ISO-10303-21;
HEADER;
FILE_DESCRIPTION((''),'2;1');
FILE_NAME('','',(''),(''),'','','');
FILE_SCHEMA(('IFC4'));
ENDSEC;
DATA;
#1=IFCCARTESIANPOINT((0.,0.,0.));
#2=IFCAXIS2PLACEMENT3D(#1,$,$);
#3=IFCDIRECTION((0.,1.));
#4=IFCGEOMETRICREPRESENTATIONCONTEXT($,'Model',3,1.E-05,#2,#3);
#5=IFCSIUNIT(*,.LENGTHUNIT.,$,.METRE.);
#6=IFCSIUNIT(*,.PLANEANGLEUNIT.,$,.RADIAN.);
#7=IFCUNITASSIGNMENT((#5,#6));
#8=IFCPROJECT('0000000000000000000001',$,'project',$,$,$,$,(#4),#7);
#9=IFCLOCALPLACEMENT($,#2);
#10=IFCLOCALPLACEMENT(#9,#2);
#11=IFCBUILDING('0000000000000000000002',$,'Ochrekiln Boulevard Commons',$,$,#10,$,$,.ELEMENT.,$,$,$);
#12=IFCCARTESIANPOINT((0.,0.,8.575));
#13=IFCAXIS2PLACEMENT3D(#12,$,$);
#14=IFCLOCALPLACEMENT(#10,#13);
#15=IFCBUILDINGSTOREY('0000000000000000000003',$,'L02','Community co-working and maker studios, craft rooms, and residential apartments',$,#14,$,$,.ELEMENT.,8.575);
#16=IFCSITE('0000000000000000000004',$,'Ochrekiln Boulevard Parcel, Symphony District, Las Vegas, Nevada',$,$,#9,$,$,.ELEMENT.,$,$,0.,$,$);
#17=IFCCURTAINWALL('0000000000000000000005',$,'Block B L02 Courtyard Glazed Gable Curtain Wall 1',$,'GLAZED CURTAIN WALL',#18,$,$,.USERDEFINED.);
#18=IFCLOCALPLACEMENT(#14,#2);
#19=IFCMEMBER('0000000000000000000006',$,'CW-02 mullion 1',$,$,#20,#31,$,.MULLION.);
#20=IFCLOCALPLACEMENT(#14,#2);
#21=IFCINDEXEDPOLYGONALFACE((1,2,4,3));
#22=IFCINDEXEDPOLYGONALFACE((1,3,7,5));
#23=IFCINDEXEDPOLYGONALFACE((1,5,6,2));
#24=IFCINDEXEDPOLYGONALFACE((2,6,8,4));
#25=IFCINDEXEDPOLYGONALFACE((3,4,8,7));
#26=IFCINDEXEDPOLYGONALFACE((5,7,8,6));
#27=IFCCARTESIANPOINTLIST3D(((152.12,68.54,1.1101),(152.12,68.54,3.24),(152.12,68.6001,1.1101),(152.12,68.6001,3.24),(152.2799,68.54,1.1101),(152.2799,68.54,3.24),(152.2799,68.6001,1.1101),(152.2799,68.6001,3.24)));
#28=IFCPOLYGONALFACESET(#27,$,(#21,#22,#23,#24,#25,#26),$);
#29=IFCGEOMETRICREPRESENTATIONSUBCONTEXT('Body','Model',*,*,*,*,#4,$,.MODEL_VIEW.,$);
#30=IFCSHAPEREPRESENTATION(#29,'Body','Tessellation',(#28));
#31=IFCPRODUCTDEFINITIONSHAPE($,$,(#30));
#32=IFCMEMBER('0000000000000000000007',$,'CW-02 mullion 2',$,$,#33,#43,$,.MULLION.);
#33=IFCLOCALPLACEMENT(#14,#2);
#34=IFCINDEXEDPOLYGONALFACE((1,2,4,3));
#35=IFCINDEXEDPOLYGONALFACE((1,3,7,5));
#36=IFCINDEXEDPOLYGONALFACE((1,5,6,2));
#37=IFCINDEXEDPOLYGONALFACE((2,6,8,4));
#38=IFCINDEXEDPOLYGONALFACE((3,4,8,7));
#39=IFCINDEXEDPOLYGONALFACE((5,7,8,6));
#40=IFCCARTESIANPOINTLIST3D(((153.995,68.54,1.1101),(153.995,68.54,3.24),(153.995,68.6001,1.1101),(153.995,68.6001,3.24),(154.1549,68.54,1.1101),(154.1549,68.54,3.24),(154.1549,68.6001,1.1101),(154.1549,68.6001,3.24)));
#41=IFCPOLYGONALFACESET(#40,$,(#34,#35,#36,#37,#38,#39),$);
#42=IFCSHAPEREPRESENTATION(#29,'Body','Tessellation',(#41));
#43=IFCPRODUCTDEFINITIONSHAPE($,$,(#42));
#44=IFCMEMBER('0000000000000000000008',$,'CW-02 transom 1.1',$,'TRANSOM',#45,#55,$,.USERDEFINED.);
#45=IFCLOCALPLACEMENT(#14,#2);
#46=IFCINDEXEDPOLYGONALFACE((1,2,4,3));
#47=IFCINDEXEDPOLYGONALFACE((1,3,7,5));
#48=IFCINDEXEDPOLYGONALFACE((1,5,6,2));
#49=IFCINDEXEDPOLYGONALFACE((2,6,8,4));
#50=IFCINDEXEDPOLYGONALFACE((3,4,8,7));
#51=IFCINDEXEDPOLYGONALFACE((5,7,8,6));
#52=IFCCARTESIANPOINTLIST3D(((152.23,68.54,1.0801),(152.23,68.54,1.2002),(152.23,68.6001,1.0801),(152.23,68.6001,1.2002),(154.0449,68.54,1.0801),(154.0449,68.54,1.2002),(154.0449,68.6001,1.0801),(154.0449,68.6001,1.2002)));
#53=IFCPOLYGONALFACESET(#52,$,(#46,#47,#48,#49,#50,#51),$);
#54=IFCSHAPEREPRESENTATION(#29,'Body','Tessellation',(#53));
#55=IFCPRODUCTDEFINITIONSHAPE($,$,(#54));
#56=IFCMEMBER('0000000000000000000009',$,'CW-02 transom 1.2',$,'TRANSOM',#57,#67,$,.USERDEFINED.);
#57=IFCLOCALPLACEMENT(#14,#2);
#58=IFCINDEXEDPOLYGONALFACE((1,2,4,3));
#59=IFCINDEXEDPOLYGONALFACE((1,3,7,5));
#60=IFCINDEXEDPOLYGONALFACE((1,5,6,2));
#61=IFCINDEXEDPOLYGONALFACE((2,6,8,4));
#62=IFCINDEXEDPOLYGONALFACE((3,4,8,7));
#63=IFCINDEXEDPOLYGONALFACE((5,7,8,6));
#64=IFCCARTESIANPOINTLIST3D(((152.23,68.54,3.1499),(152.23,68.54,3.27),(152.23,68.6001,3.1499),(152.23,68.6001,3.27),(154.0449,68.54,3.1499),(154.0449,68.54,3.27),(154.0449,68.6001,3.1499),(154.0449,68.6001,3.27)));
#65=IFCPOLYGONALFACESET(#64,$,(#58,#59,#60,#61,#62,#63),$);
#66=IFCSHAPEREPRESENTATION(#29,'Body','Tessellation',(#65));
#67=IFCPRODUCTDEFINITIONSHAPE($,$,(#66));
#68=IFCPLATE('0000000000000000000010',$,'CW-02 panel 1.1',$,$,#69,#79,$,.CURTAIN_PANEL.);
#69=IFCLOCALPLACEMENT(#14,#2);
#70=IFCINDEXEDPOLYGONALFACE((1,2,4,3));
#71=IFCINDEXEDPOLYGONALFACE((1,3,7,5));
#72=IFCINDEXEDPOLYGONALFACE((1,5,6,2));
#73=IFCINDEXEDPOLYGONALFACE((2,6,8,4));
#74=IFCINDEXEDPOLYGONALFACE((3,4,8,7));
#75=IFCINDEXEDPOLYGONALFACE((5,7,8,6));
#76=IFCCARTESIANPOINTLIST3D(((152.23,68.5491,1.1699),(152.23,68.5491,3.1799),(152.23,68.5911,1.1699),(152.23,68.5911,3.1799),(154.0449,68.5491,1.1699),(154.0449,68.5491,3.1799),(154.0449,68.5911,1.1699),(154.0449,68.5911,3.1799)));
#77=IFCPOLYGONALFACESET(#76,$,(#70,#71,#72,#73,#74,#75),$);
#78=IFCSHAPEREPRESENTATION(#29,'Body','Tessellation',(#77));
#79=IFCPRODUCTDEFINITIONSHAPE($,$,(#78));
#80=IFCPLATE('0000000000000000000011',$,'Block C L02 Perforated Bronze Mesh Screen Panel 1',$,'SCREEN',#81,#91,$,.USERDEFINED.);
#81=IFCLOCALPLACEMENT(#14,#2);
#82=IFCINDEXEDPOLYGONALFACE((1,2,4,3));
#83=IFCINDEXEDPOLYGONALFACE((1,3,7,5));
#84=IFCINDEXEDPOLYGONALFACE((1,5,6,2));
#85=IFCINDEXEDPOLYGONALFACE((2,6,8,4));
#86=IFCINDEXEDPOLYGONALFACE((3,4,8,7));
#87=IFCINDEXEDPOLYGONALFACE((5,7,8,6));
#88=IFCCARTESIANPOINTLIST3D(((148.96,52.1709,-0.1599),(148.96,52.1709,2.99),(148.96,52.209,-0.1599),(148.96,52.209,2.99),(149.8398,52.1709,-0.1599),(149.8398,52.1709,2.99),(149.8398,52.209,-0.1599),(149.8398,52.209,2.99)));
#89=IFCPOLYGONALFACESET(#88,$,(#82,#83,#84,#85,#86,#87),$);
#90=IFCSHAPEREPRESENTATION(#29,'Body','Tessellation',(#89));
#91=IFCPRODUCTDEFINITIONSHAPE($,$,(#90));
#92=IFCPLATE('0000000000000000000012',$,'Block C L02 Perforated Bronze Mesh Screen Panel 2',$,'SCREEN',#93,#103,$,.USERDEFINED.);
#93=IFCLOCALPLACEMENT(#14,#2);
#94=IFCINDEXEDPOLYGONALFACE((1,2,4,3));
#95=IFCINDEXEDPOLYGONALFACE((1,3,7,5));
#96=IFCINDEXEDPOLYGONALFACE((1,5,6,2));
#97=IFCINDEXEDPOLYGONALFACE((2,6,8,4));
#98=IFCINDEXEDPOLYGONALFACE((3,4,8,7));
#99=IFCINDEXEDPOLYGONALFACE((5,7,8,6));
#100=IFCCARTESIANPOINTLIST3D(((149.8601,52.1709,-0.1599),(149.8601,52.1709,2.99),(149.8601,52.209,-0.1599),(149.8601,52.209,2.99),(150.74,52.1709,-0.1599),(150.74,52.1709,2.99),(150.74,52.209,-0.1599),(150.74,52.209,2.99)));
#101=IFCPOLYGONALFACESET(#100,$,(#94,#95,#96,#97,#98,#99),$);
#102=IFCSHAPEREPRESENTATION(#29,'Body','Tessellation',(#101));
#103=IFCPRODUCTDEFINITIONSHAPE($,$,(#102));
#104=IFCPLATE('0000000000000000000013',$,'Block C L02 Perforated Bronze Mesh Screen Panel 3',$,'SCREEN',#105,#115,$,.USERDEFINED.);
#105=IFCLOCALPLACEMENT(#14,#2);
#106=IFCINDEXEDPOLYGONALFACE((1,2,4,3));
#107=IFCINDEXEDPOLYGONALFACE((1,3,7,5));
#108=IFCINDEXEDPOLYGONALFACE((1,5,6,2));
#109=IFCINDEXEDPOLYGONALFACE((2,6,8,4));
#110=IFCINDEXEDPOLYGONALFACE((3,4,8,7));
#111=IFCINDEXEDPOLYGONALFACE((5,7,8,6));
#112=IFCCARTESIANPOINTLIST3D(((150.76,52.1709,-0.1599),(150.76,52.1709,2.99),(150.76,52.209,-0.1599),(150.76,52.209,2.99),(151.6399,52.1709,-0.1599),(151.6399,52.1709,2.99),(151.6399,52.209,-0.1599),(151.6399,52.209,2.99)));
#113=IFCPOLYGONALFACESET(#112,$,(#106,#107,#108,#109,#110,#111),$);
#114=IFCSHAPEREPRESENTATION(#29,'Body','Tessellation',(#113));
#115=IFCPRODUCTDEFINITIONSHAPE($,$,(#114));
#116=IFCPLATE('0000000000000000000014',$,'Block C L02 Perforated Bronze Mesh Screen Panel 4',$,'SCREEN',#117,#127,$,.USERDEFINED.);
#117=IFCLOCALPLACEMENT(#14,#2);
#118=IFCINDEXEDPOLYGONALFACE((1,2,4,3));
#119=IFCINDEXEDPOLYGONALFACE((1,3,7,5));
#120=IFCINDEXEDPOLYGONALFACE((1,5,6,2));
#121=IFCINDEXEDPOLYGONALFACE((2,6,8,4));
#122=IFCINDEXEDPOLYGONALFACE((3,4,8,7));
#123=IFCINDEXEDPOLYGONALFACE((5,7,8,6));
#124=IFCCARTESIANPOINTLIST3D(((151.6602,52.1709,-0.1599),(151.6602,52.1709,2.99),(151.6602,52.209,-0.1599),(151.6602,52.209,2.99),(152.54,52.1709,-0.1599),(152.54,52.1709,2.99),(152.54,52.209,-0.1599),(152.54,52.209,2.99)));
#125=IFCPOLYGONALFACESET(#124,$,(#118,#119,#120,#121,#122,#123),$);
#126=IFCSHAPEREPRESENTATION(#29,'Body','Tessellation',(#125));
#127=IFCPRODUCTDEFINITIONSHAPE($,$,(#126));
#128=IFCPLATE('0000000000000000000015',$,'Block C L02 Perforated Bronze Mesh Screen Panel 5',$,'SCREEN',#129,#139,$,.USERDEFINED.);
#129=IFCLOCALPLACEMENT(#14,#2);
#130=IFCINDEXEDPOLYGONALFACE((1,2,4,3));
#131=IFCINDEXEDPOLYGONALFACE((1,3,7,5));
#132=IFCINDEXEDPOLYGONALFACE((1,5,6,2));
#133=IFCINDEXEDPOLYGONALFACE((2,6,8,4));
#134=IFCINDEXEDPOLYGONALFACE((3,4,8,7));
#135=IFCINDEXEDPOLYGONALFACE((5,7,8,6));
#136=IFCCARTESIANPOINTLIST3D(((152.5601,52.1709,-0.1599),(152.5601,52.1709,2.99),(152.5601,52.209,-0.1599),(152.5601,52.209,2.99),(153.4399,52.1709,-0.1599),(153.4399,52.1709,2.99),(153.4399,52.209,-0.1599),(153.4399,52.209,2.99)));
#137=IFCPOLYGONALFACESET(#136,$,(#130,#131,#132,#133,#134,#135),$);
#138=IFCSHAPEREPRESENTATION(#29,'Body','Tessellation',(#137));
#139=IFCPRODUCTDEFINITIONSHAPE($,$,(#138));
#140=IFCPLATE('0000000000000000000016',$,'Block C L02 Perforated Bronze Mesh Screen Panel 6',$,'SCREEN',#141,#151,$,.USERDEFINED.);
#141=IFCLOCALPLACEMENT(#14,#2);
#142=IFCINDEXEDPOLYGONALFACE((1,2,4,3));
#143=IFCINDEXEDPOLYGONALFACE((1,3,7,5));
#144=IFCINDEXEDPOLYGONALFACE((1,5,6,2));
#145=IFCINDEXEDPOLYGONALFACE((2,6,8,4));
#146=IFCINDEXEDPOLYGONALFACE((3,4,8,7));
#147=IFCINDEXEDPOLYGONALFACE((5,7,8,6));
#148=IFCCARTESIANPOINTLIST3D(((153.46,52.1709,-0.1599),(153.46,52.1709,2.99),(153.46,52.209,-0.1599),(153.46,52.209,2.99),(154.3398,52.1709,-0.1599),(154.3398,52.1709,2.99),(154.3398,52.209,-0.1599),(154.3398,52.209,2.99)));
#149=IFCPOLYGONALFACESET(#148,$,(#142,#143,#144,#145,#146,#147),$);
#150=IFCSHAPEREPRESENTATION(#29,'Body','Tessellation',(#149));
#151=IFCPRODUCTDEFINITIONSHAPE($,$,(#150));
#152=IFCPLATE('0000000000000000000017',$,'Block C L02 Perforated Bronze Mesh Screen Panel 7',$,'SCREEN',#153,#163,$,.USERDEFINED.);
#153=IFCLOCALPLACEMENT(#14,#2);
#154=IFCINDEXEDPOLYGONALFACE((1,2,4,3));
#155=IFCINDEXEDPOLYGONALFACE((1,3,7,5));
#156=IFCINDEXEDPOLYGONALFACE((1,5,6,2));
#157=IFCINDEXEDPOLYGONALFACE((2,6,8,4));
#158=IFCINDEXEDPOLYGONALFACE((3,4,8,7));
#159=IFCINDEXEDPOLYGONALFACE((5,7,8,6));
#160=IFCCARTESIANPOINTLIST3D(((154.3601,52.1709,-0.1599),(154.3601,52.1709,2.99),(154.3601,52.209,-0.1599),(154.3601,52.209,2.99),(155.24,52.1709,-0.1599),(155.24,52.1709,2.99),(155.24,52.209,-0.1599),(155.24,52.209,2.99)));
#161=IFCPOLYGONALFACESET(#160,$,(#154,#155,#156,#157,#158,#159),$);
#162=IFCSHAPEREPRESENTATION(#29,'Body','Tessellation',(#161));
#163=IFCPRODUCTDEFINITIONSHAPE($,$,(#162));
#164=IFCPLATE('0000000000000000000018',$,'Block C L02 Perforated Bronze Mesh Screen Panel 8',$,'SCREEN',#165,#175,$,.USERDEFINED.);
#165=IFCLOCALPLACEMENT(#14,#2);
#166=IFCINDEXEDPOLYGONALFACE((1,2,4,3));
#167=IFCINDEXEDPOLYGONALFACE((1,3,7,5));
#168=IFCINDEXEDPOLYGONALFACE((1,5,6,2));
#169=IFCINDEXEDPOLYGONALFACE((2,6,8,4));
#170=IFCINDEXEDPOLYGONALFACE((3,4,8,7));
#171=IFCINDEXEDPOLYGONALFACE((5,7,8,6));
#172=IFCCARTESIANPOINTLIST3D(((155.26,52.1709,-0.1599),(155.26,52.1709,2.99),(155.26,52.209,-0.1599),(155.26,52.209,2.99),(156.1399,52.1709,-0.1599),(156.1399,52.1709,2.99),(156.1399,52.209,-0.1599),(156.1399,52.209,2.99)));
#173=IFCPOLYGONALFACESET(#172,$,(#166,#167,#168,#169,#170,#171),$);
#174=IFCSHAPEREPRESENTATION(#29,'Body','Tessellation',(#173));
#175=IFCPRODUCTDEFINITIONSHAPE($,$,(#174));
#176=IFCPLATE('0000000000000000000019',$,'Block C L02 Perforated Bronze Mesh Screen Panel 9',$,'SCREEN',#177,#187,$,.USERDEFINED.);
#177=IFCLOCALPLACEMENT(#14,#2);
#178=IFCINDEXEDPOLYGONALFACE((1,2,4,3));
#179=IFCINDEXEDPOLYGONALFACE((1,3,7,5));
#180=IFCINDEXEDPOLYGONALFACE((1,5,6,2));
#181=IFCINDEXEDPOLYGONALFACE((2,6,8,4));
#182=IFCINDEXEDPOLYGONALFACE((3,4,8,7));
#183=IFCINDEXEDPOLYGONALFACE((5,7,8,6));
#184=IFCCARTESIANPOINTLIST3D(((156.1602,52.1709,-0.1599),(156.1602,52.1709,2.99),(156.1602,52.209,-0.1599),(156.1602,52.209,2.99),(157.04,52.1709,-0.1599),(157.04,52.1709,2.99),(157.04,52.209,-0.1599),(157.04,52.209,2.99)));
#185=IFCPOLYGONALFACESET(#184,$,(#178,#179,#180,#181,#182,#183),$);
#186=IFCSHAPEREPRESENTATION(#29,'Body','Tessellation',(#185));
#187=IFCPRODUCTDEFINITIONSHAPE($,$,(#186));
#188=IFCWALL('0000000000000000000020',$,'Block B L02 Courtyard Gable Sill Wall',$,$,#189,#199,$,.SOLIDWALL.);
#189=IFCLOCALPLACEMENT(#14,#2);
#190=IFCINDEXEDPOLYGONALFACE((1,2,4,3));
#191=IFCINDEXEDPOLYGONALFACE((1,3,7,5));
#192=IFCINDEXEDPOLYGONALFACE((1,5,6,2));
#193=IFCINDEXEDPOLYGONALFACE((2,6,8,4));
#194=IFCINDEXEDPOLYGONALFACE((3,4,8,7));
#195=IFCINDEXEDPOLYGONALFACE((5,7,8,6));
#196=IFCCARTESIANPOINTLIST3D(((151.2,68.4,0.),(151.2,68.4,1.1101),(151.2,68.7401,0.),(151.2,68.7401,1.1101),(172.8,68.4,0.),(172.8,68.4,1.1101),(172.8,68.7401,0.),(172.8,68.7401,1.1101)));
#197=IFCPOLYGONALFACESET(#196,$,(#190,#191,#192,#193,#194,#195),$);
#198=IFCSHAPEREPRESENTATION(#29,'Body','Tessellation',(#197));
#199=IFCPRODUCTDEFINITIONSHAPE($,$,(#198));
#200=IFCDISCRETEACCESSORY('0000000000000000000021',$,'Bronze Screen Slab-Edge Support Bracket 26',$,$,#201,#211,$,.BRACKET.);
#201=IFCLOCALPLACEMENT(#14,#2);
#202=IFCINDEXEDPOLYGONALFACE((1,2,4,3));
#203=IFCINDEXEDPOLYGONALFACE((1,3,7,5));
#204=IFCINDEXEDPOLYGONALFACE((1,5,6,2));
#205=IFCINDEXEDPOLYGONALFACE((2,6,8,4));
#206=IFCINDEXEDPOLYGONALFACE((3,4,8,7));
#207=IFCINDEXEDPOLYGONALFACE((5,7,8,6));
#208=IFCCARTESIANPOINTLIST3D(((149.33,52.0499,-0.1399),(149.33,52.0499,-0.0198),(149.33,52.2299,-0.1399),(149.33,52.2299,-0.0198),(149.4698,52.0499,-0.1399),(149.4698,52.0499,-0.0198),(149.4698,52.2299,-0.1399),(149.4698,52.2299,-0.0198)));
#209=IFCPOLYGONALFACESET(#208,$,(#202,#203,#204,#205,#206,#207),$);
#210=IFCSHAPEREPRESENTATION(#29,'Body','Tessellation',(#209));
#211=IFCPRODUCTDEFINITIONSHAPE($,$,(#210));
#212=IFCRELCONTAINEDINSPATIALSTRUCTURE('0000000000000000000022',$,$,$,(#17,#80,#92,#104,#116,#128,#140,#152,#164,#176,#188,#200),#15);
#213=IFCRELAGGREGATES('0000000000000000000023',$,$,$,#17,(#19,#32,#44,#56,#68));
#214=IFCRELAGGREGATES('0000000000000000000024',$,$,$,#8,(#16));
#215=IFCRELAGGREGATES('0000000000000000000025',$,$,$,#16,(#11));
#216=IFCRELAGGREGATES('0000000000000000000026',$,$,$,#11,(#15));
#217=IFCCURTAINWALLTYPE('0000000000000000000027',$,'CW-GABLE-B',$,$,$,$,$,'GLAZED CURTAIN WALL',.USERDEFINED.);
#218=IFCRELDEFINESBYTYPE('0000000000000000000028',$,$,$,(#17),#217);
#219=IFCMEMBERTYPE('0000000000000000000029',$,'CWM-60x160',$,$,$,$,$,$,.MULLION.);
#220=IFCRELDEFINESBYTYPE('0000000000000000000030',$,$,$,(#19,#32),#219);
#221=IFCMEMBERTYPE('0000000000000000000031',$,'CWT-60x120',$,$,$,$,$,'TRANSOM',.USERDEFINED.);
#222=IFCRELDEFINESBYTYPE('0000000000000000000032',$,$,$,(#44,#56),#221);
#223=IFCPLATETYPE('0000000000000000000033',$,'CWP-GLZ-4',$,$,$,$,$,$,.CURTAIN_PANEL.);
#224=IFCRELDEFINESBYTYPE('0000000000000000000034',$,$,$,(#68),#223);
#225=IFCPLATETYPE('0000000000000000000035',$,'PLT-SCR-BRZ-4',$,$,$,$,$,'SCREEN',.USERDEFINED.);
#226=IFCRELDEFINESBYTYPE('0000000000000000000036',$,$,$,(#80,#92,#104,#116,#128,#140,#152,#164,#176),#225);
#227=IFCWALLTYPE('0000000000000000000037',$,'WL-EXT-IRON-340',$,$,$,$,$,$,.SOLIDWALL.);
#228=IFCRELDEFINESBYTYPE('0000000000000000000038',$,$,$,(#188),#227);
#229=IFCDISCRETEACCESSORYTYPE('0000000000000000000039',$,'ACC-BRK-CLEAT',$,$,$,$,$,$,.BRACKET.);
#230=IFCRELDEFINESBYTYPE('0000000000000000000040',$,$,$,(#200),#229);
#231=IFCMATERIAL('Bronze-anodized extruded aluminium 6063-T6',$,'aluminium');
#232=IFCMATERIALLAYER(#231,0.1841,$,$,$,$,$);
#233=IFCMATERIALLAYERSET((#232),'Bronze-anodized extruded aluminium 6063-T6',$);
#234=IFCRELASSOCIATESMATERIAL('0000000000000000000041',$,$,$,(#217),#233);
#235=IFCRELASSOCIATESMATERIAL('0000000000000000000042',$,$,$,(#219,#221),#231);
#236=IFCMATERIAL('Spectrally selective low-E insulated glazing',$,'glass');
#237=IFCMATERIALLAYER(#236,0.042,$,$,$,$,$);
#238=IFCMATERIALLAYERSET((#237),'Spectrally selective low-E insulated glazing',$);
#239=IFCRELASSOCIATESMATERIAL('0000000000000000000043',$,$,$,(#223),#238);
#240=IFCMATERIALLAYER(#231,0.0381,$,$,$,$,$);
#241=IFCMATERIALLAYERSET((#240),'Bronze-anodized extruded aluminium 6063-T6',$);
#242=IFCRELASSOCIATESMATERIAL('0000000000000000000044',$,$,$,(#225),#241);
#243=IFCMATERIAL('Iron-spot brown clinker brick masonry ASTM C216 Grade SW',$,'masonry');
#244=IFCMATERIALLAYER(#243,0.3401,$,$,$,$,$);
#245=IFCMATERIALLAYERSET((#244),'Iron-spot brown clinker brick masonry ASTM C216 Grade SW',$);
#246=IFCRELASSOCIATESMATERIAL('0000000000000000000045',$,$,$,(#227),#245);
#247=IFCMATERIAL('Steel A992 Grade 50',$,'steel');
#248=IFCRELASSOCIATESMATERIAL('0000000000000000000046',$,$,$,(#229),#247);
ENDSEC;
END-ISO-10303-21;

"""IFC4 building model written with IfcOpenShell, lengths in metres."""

from ifc_helpers import new_model, si_unit, direction, frame, frame_2d, origin, origin_2d, place, context, subcontext, project, spatial, rectangle, extrude, material, layer, layer_set, material_profile, profile_set, type_object, element, aggregate, save


model = new_model("IFC4")

# Units and contexts
model_context = context("Model", 3, precision=1e-05, world=origin(), true_north=direction((0.0, 1.0)))
body_context = subcontext(model_context, "Body", "Model", "MODEL_VIEW")
ifc_project = project(units=[si_unit("LENGTHUNIT", "METRE"), si_unit("PLANEANGLEUNIT", "RADIAN")], contexts=[model_context])

# Site, building, storey
site_placement = place(None, origin())
site = spatial("IfcSite", under=ifc_project, at=site_placement, Name="Ochrekiln Boulevard Parcel, Symphony District, Las Vegas, Nevada", CompositionType="ELEMENT", RefElevation=0.0)
building_placement = place(site_placement, origin())
building = spatial("IfcBuilding", under=site, at=building_placement, Name="Ochrekiln Boulevard Commons", CompositionType="ELEMENT")
storey_placement = place(building_placement, frame((0.0, 0.0, 8.575)))
storey = spatial("IfcBuildingStorey", under=building, at=storey_placement, Name="L02", Description="Community co-working and maker studios, craft rooms, and residential apartments", CompositionType="ELEMENT", Elevation=8.575)

# Curtain wall, members, plate
ifc_material_1 = material(Name="Bronze-anodized extruded aluminium 6063-T6", Category="aluminium")
ifc_layer_1 = layer(ifc_material_1, 0.1841)
ifc_layer_set_1 = layer_set([ifc_layer_1], Name="Bronze-anodized extruded aluminium 6063-T6")
curtain_wall_type = type_object("IfcCurtainWallType", Name="CW-GABLE-B", ElementType="GLAZED CURTAIN WALL", PredefinedType="USERDEFINED", material=ifc_layer_set_1)
curtain_wall_placement = place(storey_placement, origin())
curtain_wall = element("IfcCurtainWall", 1, at=curtain_wall_placement, inside=storey, type_object=curtain_wall_type, Name="Block B L02 Courtyard Glazed Gable Curtain Wall 1", ObjectType="GLAZED CURTAIN WALL", PredefinedType="USERDEFINED")
ifc_material_profile_1 = material_profile(ifc_material_1, rectangle(XDim=0.0601, YDim=0.1599, at=origin_2d()), Name="ALU-MUL-60x160")
ifc_profile_set_1 = profile_set([ifc_material_profile_1], Name="Bronze-anodized extruded aluminium 6063-T6")
member_type_1 = type_object("IfcMemberType", Name="CWM-60x160", PredefinedType="MULLION", material=ifc_profile_set_1)
member_1_placement = place(storey_placement, frame((152.2, 68.5701, 1.1101), z_axis=(0.0, 0.0, 1.0), x_axis=(0.0, 1.0, 0.0)))
member_1 = element("IfcMember", 2, at=member_1_placement, type_object=member_type_1, Name="CW-02 mullion 1", PredefinedType="MULLION", context=body_context, shape_type="SweptSolid", body=[
    extrude(rectangle(XDim=0.0601, YDim=0.1599, at=origin_2d()), origin(), (0.0, 0.0, 1.0), 2.1299),
])
member_2_placement = place(storey_placement, frame((154.075, 68.5701, 1.1101), z_axis=(0.0, 0.0, 1.0), x_axis=(0.0, 1.0, 0.0)))
member_2 = element("IfcMember", 3, at=member_2_placement, type_object=member_type_1, Name="CW-02 mullion 2", PredefinedType="MULLION", context=body_context, shape_type="SweptSolid", body=[
    extrude(rectangle(XDim=0.0601, YDim=0.1599, at=origin_2d()), origin(), (0.0, 0.0, 1.0), 2.1299),
])
ifc_material_profile_2 = material_profile(ifc_material_1, rectangle(XDim=0.0601, YDim=0.1201, at=origin_2d()), Name="ALU-TRN-60x120")
ifc_profile_set_2 = profile_set([ifc_material_profile_2], Name="Bronze-anodized extruded aluminium 6063-T6")
member_type_2 = type_object("IfcMemberType", Name="CWT-60x120", ElementType="TRANSOM", PredefinedType="USERDEFINED", material=ifc_profile_set_2)
member_3_placement = place(storey_placement, frame((152.23, 68.5701, 1.1401), z_axis=(1.0, 0.0, 0.0), x_axis=(0.0, 1.0, 0.0)))
member_3 = element("IfcMember", 4, at=member_3_placement, type_object=member_type_2, Name="CW-02 transom 1.1", ObjectType="TRANSOM", PredefinedType="USERDEFINED", context=body_context, shape_type="SweptSolid", body=[
    extrude(rectangle(XDim=0.0601, YDim=0.1201, at=origin_2d()), origin(), (0.0, 0.0, 1.0), 1.8149),
])
member_4_placement = place(storey_placement, frame((152.23, 68.5701, 3.21), z_axis=(1.0, 0.0, 0.0), x_axis=(0.0, 1.0, 0.0)))
member_4 = element("IfcMember", 5, at=member_4_placement, type_object=member_type_2, Name="CW-02 transom 1.2", ObjectType="TRANSOM", PredefinedType="USERDEFINED", context=body_context, shape_type="SweptSolid", body=[
    extrude(rectangle(XDim=0.0601, YDim=0.1201, at=origin_2d()), origin(), (0.0, 0.0, 1.0), 1.8149),
])
ifc_material_2 = material(Name="Spectrally selective low-E insulated glazing", Category="glass")
ifc_layer_2 = layer(ifc_material_2, 0.042)
ifc_layer_set_2 = layer_set([ifc_layer_2], Name="Spectrally selective low-E insulated glazing")
plate_type_1 = type_object("IfcPlateType", Name="CWP-GLZ-4", PredefinedType="CURTAIN_PANEL", material=ifc_layer_set_2)
plate_placement = place(storey_placement, frame((153.1375, 68.5701, 1.1699), z_axis=(0.0, 0.0, 1.0), x_axis=(1.0, 0.0, 0.0)))
plate = element("IfcPlate", 6, at=plate_placement, type_object=plate_type_1, Name="CW-02 panel 1.1", PredefinedType="CURTAIN_PANEL", context=body_context, shape_type="SweptSolid", body=[
    extrude(rectangle(XDim=1.8149, YDim=0.042, at=origin_2d()), origin(), (0.0, 0.0, 1.0), 2.01),
])
aggregate(curtain_wall, [member_1, member_2, member_3, member_4, plate])

# Plates
ifc_layer_3 = layer(ifc_material_1, 0.0381)
ifc_layer_set_3 = layer_set([ifc_layer_3], Name="Bronze-anodized extruded aluminium 6063-T6")
plate_type_2 = type_object("IfcPlateType", Name="PLT-SCR-BRZ-4", ElementType="SCREEN", PredefinedType="USERDEFINED", material=ifc_layer_set_3)
for number, where, z_axis, x_axis, name in (
    (7, (149.3999, 52.1899, -0.1599), (0.0, 0.0, 1.0), (1.0, 0.0, 0.0), "Block C L02 Perforated Bronze Mesh Screen Panel 1"),
    (8, (150.3, 52.1899, -0.1599), (0.0, 0.0, 1.0), (1.0, 0.0, 0.0), "Block C L02 Perforated Bronze Mesh Screen Panel 2"),
    (9, (151.2, 52.1899, -0.1599), (0.0, 0.0, 1.0), (1.0, 0.0, 0.0), "Block C L02 Perforated Bronze Mesh Screen Panel 3"),
    (10, (152.1001, 52.1899, -0.1599), (0.0, 0.0, 1.0), (1.0, 0.0, 0.0), "Block C L02 Perforated Bronze Mesh Screen Panel 4"),
    (11, (153.0, 52.1899, -0.1599), (0.0, 0.0, 1.0), (1.0, 0.0, 0.0), "Block C L02 Perforated Bronze Mesh Screen Panel 5"),
    (12, (153.8999, 52.1899, -0.1599), (0.0, 0.0, 1.0), (1.0, 0.0, 0.0), "Block C L02 Perforated Bronze Mesh Screen Panel 6"),
    (13, (154.8, 52.1899, -0.1599), (0.0, 0.0, 1.0), (1.0, 0.0, 0.0), "Block C L02 Perforated Bronze Mesh Screen Panel 7"),
    (14, (155.7, 52.1899, -0.1599), (0.0, 0.0, 1.0), (1.0, 0.0, 0.0), "Block C L02 Perforated Bronze Mesh Screen Panel 8"),
    (15, (156.6001, 52.1899, -0.1599), (0.0, 0.0, 1.0), (1.0, 0.0, 0.0), "Block C L02 Perforated Bronze Mesh Screen Panel 9"),
):
    element("IfcPlate", number, at=place(storey_placement, frame(where, z_axis=z_axis, x_axis=x_axis)), inside=storey, type_object=plate_type_2, Name=name, ObjectType="SCREEN", PredefinedType="USERDEFINED", context=body_context, shape_type="SweptSolid", body=[
        extrude(rectangle(XDim=0.8799, YDim=0.0381, at=origin_2d()), origin(), (0.0, 0.0, 1.0), 3.1499),
    ])

# Wall
ifc_material_3 = material(Name="Iron-spot brown clinker brick masonry ASTM C216 Grade SW", Category="masonry")
ifc_layer_4 = layer(ifc_material_3, 0.3401)
ifc_layer_set_4 = layer_set([ifc_layer_4], Name="Iron-spot brown clinker brick masonry ASTM C216 Grade SW")
wall_type = type_object("IfcWallType", Name="WL-EXT-IRON-340", PredefinedType="SOLIDWALL", material=ifc_layer_set_4)
wall_placement = place(storey_placement, frame((151.2, 68.5701, 0.0), z_axis=(0.0, 0.0, 1.0), x_axis=(1.0, 0.0, 0.0)))
element("IfcWall", 16, at=wall_placement, inside=storey, type_object=wall_type, Name="Block B L02 Courtyard Gable Sill Wall", PredefinedType="SOLIDWALL", context=body_context, shape_type="SweptSolid", body=[
    extrude(rectangle(XDim=21.6001, YDim=0.3401, at=frame_2d((10.8, 0.0))), origin(), (0.0, 0.0, 1.0), 1.1101),
])

# Discrete accessory
ifc_material_4 = material(Name="Steel A992 Grade 50", Category="steel")
discrete_accessory_type = type_object("IfcDiscreteAccessoryType", Name="ACC-BRK-CLEAT", PredefinedType="BRACKET", material=ifc_material_4)
for number, where, z_axis, x_axis, name in (
    (17, (149.3999, 52.1399, -0.1399), (0.0, 0.0, 1.0), (1.0, 0.0, 0.0), "Bronze Screen Slab-Edge Support Bracket 26"),
):
    element("IfcDiscreteAccessory", number, at=place(storey_placement, frame(where, z_axis=z_axis, x_axis=x_axis)), inside=storey, type_object=discrete_accessory_type, Name=name, PredefinedType="BRACKET", context=body_context, shape_type="SweptSolid", body=[
        extrude(rectangle(XDim=0.1399, YDim=0.1799, at=origin_2d()), origin(), (0.0, 0.0, 1.0), 0.1201),
    ])

save(model, "model.ifc")
